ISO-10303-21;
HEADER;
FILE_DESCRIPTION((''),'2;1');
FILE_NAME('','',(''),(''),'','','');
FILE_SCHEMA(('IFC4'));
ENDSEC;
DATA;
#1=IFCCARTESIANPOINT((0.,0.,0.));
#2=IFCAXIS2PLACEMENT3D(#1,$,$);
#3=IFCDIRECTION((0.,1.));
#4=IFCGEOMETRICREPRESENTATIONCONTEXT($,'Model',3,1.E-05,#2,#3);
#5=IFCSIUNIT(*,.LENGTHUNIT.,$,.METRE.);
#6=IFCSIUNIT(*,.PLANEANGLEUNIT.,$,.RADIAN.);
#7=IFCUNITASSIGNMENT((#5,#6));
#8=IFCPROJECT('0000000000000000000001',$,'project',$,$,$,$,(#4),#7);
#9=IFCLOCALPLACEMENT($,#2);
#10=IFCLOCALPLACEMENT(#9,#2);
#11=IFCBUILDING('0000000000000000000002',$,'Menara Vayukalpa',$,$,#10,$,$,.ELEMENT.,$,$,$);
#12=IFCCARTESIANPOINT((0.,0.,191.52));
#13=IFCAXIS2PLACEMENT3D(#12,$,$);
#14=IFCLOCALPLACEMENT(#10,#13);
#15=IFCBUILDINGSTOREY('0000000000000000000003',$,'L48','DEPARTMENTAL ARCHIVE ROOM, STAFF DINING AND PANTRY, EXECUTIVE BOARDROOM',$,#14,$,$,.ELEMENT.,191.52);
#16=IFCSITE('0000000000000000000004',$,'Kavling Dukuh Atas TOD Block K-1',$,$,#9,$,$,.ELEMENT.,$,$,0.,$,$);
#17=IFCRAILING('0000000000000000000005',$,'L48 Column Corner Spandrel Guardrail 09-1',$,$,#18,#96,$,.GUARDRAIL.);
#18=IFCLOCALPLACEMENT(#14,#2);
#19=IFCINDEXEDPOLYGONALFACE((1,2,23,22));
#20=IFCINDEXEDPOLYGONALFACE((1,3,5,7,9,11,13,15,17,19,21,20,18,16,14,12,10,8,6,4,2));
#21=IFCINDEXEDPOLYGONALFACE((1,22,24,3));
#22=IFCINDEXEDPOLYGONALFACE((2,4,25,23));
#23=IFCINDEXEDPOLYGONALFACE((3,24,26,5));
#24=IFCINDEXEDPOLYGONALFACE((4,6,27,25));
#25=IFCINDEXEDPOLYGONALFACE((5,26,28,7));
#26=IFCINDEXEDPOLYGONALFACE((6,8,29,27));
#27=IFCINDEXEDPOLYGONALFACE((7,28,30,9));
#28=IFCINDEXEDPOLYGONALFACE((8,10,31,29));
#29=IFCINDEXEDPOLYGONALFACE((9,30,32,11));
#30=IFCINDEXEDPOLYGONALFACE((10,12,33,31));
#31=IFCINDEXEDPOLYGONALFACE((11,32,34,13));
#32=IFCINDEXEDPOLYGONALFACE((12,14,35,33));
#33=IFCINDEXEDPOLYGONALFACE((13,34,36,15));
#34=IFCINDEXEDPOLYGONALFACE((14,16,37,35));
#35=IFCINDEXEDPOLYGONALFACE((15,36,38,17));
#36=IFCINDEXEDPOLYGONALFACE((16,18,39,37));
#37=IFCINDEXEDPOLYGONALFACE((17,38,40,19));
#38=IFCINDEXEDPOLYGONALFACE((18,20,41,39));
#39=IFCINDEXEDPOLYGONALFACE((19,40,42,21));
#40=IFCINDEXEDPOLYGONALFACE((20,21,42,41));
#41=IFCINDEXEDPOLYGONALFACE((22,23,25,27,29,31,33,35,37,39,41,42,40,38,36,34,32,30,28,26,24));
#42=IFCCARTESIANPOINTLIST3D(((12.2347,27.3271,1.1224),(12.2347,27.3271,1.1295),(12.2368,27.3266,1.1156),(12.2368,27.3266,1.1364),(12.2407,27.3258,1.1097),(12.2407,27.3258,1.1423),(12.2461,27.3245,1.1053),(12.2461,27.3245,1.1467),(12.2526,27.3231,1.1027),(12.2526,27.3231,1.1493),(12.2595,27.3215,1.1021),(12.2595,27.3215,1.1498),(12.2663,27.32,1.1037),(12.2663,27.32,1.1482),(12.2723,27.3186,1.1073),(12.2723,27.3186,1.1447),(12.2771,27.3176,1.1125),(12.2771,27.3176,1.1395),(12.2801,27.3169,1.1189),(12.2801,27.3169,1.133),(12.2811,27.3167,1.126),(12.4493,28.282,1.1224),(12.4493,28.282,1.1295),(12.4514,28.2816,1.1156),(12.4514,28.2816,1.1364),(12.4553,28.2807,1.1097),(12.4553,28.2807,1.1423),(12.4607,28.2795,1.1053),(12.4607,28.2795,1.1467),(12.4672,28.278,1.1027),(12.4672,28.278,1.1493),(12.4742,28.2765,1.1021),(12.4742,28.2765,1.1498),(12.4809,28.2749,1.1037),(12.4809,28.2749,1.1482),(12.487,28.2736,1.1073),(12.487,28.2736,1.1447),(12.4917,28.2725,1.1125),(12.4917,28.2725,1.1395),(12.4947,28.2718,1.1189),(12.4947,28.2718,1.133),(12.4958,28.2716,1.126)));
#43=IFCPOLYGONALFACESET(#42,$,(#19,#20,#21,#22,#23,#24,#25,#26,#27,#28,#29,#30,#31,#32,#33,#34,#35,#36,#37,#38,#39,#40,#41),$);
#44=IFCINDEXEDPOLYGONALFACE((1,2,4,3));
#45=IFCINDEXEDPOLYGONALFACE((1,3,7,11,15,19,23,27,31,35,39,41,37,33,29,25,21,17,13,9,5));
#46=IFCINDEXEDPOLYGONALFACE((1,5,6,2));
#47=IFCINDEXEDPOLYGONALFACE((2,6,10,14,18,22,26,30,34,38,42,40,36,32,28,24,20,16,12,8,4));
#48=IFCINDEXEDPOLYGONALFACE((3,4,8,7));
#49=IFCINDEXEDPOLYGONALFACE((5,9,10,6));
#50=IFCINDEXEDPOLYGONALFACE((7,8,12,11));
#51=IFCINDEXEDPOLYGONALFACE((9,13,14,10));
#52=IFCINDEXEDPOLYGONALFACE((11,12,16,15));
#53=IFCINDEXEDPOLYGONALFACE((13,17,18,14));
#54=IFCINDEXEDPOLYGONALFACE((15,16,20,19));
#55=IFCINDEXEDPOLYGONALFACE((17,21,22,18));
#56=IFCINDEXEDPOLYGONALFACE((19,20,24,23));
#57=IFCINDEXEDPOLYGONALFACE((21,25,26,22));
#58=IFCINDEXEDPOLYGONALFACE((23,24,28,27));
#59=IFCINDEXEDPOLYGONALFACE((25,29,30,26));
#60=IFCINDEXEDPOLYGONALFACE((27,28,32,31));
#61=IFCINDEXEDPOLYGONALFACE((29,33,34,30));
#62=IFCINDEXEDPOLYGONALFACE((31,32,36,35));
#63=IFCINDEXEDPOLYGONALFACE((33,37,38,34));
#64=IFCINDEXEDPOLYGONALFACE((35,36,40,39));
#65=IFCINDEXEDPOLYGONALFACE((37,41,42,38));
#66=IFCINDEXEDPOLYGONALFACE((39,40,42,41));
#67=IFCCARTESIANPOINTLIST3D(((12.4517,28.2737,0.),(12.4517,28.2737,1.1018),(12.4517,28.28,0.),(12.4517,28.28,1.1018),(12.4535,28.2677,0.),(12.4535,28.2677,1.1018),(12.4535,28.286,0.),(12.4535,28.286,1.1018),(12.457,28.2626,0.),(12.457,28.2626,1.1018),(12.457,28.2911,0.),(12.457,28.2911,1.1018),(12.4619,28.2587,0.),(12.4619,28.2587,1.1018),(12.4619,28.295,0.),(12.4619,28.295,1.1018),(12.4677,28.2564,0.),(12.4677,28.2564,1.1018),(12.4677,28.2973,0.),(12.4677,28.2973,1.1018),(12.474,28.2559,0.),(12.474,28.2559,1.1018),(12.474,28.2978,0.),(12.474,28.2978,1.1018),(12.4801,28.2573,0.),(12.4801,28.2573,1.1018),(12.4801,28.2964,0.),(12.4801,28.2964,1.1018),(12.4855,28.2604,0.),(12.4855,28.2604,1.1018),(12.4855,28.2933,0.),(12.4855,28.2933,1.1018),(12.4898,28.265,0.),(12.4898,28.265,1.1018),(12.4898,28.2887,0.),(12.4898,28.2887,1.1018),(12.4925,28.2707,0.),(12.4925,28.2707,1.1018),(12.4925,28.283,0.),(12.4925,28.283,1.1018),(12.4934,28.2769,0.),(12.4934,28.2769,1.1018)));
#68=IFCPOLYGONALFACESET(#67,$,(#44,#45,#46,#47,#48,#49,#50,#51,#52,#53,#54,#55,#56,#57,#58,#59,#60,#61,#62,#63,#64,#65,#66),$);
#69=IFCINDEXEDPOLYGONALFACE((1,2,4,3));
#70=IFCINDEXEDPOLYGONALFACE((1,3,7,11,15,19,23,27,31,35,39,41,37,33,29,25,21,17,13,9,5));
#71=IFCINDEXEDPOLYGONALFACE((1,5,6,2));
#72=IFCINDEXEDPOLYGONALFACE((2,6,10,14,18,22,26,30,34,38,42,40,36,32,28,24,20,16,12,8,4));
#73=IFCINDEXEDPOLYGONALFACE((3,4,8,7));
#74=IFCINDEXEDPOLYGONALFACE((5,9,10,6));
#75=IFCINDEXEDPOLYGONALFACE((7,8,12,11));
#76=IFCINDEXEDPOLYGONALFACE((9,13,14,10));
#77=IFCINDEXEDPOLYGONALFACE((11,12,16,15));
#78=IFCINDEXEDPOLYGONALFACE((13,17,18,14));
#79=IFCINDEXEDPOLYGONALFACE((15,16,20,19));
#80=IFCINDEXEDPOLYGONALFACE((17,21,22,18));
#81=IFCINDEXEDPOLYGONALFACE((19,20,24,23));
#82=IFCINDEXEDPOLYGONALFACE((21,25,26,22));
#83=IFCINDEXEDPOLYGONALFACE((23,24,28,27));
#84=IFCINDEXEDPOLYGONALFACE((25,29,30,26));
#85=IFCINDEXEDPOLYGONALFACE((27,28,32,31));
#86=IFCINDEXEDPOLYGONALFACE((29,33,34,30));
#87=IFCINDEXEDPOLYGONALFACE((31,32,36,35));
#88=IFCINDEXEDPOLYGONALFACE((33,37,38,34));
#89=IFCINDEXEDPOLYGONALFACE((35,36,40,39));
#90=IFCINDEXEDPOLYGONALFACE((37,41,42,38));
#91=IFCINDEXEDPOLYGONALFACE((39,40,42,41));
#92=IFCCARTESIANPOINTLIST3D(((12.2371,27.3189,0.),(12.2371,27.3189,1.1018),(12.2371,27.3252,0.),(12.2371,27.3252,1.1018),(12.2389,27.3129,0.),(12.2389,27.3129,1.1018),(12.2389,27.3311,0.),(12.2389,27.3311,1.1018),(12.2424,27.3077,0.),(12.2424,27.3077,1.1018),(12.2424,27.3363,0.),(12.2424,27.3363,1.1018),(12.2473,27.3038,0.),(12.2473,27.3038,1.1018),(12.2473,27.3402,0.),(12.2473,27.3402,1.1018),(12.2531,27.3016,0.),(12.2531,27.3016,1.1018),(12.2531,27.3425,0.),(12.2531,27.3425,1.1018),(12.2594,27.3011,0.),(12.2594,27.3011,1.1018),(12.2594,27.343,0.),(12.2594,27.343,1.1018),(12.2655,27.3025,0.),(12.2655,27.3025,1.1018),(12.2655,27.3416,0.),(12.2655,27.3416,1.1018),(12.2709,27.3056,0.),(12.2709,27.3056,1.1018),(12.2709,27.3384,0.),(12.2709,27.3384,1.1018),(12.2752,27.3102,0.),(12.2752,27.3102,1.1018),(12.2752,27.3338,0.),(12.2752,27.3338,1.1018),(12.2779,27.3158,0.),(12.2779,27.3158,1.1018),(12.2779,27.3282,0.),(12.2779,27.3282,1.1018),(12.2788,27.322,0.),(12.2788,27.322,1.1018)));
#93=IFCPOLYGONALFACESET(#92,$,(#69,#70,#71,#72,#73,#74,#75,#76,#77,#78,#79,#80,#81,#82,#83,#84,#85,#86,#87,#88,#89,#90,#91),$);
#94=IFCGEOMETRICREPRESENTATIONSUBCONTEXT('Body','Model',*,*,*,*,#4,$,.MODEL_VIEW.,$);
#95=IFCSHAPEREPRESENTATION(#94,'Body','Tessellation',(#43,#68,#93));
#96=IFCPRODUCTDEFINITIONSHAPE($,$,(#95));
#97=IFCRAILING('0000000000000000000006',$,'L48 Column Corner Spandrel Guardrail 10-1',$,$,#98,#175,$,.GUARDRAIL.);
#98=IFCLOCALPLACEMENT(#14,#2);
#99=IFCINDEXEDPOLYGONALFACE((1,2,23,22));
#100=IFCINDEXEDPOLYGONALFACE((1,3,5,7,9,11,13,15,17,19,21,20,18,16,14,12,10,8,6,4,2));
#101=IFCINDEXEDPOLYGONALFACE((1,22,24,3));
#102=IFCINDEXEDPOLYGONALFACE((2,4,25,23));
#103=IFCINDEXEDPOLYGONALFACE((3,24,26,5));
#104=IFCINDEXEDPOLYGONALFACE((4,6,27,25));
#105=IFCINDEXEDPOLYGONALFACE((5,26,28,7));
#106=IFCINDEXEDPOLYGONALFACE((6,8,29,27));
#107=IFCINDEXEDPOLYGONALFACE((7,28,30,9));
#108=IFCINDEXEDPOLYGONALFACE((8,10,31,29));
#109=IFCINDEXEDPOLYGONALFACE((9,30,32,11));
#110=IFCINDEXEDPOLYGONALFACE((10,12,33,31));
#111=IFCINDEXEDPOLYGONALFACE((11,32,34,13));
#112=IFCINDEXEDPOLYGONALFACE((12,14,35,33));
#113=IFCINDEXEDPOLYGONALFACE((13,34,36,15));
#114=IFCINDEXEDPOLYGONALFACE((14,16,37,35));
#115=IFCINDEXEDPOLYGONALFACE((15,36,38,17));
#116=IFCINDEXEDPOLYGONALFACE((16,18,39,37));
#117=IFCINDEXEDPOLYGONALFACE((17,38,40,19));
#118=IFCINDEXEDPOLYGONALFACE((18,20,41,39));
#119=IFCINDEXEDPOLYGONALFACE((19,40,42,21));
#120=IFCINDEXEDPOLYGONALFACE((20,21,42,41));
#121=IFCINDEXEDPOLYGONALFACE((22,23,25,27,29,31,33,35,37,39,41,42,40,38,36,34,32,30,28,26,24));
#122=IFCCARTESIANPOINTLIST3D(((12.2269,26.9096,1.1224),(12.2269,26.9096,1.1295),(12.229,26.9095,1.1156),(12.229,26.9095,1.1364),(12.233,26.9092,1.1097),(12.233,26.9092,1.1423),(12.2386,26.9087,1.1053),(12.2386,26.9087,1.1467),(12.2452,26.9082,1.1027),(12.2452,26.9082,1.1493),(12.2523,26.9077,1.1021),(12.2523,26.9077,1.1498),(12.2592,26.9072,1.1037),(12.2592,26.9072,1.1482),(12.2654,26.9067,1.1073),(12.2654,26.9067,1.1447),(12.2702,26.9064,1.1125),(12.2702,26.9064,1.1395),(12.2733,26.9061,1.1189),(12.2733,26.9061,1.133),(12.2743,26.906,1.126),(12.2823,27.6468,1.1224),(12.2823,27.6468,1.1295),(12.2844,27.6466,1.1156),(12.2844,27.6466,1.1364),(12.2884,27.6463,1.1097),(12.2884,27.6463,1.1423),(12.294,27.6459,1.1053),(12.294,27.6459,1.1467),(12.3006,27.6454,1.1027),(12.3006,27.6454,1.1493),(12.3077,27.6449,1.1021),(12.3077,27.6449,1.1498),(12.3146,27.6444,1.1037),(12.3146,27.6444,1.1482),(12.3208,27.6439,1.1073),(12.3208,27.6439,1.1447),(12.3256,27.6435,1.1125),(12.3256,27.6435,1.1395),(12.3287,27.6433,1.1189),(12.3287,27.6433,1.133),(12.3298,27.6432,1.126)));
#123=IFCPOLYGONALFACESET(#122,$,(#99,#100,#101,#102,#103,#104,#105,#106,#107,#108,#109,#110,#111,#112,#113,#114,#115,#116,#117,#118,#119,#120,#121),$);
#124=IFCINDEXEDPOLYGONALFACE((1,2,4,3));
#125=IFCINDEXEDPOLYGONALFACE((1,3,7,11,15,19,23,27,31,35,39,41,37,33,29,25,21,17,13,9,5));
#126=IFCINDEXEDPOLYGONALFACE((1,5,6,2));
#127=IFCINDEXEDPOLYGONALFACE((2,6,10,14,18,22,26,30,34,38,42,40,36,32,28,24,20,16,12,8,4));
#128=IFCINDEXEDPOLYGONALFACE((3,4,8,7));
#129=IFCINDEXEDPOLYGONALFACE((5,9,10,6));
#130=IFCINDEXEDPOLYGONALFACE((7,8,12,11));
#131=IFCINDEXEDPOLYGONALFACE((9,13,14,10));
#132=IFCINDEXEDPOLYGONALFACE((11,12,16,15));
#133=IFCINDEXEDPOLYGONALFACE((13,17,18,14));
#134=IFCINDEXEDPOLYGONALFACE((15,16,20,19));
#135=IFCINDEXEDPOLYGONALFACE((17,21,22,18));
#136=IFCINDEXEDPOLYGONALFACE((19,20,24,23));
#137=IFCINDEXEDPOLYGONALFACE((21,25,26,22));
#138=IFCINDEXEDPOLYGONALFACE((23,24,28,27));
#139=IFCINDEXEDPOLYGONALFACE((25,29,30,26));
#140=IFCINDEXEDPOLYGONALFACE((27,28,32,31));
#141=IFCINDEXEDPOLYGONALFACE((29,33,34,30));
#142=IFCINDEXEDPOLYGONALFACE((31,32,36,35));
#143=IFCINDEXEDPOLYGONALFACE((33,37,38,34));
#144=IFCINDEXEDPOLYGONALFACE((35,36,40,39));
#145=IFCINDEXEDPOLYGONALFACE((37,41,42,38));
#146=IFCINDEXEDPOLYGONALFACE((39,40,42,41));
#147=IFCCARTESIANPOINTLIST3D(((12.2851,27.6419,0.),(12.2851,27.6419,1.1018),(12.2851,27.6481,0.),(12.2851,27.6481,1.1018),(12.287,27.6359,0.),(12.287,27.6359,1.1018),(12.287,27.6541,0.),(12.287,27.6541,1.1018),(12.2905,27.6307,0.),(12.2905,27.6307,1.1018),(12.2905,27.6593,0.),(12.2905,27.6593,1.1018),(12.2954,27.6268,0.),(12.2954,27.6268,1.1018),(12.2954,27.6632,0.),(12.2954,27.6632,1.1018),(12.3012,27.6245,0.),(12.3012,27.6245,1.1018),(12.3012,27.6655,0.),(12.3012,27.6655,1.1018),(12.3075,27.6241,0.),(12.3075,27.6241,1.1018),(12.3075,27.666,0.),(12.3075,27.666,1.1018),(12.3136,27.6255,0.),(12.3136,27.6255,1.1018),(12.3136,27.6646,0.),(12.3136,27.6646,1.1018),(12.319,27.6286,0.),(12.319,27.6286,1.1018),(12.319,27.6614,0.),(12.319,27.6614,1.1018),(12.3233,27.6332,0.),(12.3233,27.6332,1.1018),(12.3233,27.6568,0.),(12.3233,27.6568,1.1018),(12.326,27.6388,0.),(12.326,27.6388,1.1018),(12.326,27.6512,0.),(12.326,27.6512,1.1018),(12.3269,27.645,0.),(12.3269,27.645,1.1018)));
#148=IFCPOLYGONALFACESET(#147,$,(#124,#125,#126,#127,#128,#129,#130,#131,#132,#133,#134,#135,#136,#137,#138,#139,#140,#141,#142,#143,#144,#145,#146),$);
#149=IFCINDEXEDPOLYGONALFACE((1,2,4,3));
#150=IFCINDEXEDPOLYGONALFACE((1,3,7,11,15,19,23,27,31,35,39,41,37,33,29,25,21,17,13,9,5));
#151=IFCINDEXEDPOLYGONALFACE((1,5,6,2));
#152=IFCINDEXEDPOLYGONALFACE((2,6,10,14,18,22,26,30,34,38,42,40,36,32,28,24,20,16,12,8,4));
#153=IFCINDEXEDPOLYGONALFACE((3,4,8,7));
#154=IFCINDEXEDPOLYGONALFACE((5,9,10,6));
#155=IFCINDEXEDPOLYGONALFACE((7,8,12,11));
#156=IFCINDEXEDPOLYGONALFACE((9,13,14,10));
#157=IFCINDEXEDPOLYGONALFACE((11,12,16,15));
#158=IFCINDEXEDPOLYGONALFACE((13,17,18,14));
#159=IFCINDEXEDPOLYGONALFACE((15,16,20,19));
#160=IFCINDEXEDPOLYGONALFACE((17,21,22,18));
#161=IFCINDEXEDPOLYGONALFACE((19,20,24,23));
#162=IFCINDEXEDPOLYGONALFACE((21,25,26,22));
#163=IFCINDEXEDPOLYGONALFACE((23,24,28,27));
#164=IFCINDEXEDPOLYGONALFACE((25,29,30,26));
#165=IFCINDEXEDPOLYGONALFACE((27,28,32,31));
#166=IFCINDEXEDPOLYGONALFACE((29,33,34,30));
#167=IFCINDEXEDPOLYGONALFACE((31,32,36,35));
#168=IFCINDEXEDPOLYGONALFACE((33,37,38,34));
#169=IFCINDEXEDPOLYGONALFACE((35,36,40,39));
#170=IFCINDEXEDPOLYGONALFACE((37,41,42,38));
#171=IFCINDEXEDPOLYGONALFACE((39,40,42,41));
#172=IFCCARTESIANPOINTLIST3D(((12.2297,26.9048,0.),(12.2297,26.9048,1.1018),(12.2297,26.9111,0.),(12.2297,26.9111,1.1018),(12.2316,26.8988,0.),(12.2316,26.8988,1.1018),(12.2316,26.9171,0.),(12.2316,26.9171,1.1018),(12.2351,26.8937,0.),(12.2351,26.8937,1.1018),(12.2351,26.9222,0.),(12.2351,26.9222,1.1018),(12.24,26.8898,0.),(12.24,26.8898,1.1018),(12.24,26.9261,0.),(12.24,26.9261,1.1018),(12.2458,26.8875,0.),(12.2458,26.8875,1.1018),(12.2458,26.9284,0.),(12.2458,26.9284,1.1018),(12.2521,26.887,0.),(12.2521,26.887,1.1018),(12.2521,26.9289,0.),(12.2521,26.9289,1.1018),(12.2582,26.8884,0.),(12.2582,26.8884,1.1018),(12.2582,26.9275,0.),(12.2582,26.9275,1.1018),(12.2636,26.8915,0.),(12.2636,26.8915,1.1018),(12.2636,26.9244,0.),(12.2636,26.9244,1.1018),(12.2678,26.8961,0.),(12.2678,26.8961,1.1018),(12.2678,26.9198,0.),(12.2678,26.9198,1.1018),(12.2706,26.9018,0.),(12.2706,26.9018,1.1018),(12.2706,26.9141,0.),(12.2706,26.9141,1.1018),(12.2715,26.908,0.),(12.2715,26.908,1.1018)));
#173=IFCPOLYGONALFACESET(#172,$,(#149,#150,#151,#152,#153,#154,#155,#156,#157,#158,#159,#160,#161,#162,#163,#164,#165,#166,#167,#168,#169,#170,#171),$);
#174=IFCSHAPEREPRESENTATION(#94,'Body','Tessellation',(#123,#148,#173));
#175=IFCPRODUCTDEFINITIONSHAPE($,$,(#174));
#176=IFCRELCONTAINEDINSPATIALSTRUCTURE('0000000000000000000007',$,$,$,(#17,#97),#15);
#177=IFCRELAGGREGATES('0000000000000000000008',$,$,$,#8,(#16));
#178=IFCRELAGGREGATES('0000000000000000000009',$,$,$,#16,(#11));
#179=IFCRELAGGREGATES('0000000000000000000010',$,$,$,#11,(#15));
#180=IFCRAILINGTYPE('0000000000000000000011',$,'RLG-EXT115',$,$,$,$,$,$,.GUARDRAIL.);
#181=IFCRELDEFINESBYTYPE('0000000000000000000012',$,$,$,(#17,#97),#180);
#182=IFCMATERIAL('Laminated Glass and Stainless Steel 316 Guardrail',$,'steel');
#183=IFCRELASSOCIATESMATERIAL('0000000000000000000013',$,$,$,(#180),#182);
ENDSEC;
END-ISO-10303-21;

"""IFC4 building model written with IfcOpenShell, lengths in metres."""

from ifc_helpers import new_model, si_unit, direction, frame, origin, origin_2d, place, context, subcontext, project, spatial, circle, extrude, material, type_object, element, save


model = new_model("IFC4")

# Units and contexts
model_context = context("Model", 3, precision=1e-05, world=origin(), true_north=direction((0.0, 1.0)))
body_context = subcontext(model_context, "Body", "Model", "MODEL_VIEW")
ifc_project = project(units=[si_unit("LENGTHUNIT", "METRE"), si_unit("PLANEANGLEUNIT", "RADIAN")], contexts=[model_context])

# Site, building, storey
site_placement = place(None, origin())
site = spatial("IfcSite", under=ifc_project, at=site_placement, Name="Kavling Dukuh Atas TOD Block K-1", CompositionType="ELEMENT", RefElevation=0.0)
building_placement = place(site_placement, origin())
building = spatial("IfcBuilding", under=site, at=building_placement, Name="Menara Vayukalpa", CompositionType="ELEMENT")
storey_placement = place(building_placement, frame((0.0, 0.0, 191.52)))
storey = spatial("IfcBuildingStorey", under=building, at=storey_placement, Name="L48", Description="DEPARTMENTAL ARCHIVE ROOM, STAFF DINING AND PANTRY, EXECUTIVE BOARDROOM", CompositionType="ELEMENT", Elevation=191.52)

# Railings
ifc_material_1 = material(Name="Laminated Glass and Stainless Steel 316 Guardrail", Category="steel")
railing_type = type_object("IfcRailingType", Name="RLG-EXT115", PredefinedType="GUARDRAIL", material=ifc_material_1)
railing_1_placement = place(storey_placement, frame((12.4724, 28.2769, 0.0)))
element("IfcRailing", 1, at=railing_1_placement, inside=storey, type_object=railing_type, Name="L48 Column Corner Spandrel Guardrail 09-1", PredefinedType="GUARDRAIL", context=body_context, shape_type="SweptSolid", body=[
    extrude(circle(Radius=0.0239, at=origin_2d()), frame((0.0, 0.0, 1.126), z_axis=(-0.219281, -0.975662, 0.0), x_axis=(0.975662, -0.219281, 0.0)), (0.0, 0.0, 1.0), 0.9788),
    extrude(circle(Radius=0.021, at=origin_2d()), origin(), (0.0, 0.0, 1.0), 1.1018),
    extrude(circle(Radius=0.021, at=origin_2d()), frame((-0.2146, -0.9548, 0.0)), (0.0, 0.0, 1.0), 1.1018),
])
railing_2_placement = place(storey_placement, frame((12.3059, 27.645, 0.0)))
element("IfcRailing", 2, at=railing_2_placement, inside=storey, type_object=railing_type, Name="L48 Column Corner Spandrel Guardrail 10-1", PredefinedType="GUARDRAIL", context=body_context, shape_type="SweptSolid", body=[
    extrude(circle(Radius=0.0239, at=origin_2d()), frame((0.0, 0.0, 1.126), z_axis=(-0.074979, -0.997185, 0.0), x_axis=(0.997185, -0.074979, 0.0)), (0.0, 0.0, 1.0), 0.7393),
    extrude(circle(Radius=0.021, at=origin_2d()), origin(), (0.0, 0.0, 1.0), 1.1018),
    extrude(circle(Radius=0.021, at=origin_2d()), frame((-0.0554, -0.7371, 0.0)), (0.0, 0.0, 1.0), 1.1018),
])

save(model, "model.ifc")
